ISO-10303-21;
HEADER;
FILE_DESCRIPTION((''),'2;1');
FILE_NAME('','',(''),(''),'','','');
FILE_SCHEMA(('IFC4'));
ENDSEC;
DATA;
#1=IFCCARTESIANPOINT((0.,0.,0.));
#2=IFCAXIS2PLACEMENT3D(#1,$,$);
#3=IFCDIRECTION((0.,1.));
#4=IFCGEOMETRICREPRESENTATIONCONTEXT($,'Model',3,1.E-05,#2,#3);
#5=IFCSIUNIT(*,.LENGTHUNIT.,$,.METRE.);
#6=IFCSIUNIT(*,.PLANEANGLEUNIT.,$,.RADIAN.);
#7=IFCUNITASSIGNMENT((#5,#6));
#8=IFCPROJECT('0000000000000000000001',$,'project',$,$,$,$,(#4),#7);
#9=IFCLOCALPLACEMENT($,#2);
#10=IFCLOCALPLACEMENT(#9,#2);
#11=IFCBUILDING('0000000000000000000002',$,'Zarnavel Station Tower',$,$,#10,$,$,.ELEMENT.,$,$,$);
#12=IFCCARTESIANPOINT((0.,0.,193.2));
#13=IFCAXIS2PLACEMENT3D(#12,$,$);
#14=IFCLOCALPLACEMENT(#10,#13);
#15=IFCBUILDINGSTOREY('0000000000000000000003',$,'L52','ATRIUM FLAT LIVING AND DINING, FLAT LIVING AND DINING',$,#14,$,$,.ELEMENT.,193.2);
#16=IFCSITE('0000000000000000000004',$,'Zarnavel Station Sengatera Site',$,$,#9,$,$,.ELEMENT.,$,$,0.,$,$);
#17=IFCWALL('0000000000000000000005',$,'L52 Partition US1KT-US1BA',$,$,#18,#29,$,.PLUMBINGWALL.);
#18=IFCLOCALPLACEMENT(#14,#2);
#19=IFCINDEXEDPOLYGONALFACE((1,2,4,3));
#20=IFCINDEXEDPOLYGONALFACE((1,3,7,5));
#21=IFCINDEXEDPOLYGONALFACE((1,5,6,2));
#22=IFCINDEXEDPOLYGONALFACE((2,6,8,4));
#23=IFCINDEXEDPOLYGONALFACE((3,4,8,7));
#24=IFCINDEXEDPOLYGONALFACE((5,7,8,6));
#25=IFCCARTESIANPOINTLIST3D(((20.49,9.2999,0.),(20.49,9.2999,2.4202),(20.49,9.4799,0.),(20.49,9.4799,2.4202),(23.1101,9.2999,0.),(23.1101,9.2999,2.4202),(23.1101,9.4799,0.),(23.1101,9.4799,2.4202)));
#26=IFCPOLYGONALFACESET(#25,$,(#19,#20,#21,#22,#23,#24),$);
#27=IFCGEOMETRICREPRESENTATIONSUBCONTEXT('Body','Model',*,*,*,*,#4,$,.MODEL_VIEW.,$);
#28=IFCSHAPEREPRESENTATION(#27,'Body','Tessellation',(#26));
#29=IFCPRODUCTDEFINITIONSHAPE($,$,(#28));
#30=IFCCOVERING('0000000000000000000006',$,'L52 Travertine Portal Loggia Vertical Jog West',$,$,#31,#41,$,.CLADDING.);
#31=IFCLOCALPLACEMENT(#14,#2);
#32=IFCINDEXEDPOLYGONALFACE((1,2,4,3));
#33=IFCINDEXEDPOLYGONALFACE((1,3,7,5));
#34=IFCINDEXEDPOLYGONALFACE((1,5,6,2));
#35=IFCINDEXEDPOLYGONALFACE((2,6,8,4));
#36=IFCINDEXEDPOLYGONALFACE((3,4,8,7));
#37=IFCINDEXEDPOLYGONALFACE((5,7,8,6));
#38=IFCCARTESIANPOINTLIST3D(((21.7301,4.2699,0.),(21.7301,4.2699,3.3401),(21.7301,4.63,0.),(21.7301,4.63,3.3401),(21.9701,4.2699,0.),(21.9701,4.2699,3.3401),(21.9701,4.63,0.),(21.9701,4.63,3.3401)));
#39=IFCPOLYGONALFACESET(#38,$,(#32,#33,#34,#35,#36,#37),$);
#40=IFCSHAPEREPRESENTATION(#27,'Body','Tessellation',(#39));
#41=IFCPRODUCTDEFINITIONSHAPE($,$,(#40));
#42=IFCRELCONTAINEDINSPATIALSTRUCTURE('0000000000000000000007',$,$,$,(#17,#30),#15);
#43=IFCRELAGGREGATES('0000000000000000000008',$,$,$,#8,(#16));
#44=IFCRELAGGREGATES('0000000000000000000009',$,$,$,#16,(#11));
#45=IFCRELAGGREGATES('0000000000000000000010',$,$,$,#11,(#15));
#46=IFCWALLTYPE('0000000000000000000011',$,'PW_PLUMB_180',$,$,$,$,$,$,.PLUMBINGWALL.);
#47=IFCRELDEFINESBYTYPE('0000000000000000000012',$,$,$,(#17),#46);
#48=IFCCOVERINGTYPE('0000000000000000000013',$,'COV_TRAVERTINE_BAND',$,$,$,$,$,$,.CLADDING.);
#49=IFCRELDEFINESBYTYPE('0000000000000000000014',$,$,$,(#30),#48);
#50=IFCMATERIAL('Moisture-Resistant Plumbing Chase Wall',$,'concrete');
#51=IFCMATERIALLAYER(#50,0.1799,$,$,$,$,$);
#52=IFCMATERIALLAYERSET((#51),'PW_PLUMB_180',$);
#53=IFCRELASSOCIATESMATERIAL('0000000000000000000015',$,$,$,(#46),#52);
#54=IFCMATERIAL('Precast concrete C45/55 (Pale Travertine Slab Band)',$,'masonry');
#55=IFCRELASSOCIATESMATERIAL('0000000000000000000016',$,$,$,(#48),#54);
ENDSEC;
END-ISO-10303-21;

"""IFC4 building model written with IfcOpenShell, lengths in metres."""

from ifc_helpers import new_model, si_unit, direction, frame, frame_2d, origin, origin_2d, place, context, subcontext, project, spatial, rectangle, extrude, material, layer, layer_set, type_object, element, save


model = new_model("IFC4")

# Units and contexts
model_context = context("Model", 3, precision=1e-05, world=origin(), true_north=direction((0.0, 1.0)))
body_context = subcontext(model_context, "Body", "Model", "MODEL_VIEW")
ifc_project = project(units=[si_unit("LENGTHUNIT", "METRE"), si_unit("PLANEANGLEUNIT", "RADIAN")], contexts=[model_context])

# Site, building, storey
site_placement = place(None, origin())
site = spatial("IfcSite", under=ifc_project, at=site_placement, Name="Zarnavel Station Sengatera Site", CompositionType="ELEMENT", RefElevation=0.0)
building_placement = place(site_placement, origin())
building = spatial("IfcBuilding", under=site, at=building_placement, Name="Zarnavel Station Tower", CompositionType="ELEMENT")
storey_placement = place(building_placement, frame((0.0, 0.0, 193.2)))
storey = spatial("IfcBuildingStorey", under=building, at=storey_placement, Name="L52", Description="ATRIUM FLAT LIVING AND DINING, FLAT LIVING AND DINING", CompositionType="ELEMENT", Elevation=193.2)

# Shared definitions
ifc_material_1 = material(Name="Moisture-Resistant Plumbing Chase Wall", Category="concrete")
ifc_layer_1 = layer(ifc_material_1, 0.1799)
ifc_layer_set_1 = layer_set([ifc_layer_1], Name="PW_PLUMB_180")
wall_type_1 = type_object("IfcWallType", Name="PW_PLUMB_180", PredefinedType="PLUMBINGWALL", material=ifc_layer_set_1)

# Wall
wall_1_placement = place(storey_placement, frame((20.49, 9.3899, 0.0), z_axis=(0.0, 0.0, 1.0), x_axis=(1.0, 0.0, 0.0)))
element("IfcWall", 1, at=wall_1_placement, inside=storey, type_object=wall_type_1, Name="L52 Partition US1KT-US1BA", PredefinedType="PLUMBINGWALL", context=body_context, shape_type="SweptSolid", body=[
    extrude(rectangle(XDim=2.6201, YDim=0.1799, at=frame_2d((1.3101, 0.0))), origin(), (0.0, 0.0, 1.0), 2.4202),
])

# Covering
ifc_material_2 = material(Name="Precast concrete C45/55 (Pale Travertine Slab Band)", Category="masonry")
covering_type = type_object("IfcCoveringType", Name="COV_TRAVERTINE_BAND", PredefinedType="CLADDING", material=ifc_material_2)
covering_placement = place(storey_placement, frame((21.8501, 4.45, 0.0), z_axis=(0.0, 0.0, 1.0), x_axis=(1.0, 0.0, 0.0)))
element("IfcCovering", 2, at=covering_placement, inside=storey, type_object=covering_type, Name="L52 Travertine Portal Loggia Vertical Jog West", PredefinedType="CLADDING", context=body_context, shape_type="SweptSolid", body=[
    extrude(rectangle(XDim=0.24, YDim=0.3601, at=origin_2d()), origin(), (0.0, 0.0, 1.0), 3.3401),
])

save(model, "model.ifc")
